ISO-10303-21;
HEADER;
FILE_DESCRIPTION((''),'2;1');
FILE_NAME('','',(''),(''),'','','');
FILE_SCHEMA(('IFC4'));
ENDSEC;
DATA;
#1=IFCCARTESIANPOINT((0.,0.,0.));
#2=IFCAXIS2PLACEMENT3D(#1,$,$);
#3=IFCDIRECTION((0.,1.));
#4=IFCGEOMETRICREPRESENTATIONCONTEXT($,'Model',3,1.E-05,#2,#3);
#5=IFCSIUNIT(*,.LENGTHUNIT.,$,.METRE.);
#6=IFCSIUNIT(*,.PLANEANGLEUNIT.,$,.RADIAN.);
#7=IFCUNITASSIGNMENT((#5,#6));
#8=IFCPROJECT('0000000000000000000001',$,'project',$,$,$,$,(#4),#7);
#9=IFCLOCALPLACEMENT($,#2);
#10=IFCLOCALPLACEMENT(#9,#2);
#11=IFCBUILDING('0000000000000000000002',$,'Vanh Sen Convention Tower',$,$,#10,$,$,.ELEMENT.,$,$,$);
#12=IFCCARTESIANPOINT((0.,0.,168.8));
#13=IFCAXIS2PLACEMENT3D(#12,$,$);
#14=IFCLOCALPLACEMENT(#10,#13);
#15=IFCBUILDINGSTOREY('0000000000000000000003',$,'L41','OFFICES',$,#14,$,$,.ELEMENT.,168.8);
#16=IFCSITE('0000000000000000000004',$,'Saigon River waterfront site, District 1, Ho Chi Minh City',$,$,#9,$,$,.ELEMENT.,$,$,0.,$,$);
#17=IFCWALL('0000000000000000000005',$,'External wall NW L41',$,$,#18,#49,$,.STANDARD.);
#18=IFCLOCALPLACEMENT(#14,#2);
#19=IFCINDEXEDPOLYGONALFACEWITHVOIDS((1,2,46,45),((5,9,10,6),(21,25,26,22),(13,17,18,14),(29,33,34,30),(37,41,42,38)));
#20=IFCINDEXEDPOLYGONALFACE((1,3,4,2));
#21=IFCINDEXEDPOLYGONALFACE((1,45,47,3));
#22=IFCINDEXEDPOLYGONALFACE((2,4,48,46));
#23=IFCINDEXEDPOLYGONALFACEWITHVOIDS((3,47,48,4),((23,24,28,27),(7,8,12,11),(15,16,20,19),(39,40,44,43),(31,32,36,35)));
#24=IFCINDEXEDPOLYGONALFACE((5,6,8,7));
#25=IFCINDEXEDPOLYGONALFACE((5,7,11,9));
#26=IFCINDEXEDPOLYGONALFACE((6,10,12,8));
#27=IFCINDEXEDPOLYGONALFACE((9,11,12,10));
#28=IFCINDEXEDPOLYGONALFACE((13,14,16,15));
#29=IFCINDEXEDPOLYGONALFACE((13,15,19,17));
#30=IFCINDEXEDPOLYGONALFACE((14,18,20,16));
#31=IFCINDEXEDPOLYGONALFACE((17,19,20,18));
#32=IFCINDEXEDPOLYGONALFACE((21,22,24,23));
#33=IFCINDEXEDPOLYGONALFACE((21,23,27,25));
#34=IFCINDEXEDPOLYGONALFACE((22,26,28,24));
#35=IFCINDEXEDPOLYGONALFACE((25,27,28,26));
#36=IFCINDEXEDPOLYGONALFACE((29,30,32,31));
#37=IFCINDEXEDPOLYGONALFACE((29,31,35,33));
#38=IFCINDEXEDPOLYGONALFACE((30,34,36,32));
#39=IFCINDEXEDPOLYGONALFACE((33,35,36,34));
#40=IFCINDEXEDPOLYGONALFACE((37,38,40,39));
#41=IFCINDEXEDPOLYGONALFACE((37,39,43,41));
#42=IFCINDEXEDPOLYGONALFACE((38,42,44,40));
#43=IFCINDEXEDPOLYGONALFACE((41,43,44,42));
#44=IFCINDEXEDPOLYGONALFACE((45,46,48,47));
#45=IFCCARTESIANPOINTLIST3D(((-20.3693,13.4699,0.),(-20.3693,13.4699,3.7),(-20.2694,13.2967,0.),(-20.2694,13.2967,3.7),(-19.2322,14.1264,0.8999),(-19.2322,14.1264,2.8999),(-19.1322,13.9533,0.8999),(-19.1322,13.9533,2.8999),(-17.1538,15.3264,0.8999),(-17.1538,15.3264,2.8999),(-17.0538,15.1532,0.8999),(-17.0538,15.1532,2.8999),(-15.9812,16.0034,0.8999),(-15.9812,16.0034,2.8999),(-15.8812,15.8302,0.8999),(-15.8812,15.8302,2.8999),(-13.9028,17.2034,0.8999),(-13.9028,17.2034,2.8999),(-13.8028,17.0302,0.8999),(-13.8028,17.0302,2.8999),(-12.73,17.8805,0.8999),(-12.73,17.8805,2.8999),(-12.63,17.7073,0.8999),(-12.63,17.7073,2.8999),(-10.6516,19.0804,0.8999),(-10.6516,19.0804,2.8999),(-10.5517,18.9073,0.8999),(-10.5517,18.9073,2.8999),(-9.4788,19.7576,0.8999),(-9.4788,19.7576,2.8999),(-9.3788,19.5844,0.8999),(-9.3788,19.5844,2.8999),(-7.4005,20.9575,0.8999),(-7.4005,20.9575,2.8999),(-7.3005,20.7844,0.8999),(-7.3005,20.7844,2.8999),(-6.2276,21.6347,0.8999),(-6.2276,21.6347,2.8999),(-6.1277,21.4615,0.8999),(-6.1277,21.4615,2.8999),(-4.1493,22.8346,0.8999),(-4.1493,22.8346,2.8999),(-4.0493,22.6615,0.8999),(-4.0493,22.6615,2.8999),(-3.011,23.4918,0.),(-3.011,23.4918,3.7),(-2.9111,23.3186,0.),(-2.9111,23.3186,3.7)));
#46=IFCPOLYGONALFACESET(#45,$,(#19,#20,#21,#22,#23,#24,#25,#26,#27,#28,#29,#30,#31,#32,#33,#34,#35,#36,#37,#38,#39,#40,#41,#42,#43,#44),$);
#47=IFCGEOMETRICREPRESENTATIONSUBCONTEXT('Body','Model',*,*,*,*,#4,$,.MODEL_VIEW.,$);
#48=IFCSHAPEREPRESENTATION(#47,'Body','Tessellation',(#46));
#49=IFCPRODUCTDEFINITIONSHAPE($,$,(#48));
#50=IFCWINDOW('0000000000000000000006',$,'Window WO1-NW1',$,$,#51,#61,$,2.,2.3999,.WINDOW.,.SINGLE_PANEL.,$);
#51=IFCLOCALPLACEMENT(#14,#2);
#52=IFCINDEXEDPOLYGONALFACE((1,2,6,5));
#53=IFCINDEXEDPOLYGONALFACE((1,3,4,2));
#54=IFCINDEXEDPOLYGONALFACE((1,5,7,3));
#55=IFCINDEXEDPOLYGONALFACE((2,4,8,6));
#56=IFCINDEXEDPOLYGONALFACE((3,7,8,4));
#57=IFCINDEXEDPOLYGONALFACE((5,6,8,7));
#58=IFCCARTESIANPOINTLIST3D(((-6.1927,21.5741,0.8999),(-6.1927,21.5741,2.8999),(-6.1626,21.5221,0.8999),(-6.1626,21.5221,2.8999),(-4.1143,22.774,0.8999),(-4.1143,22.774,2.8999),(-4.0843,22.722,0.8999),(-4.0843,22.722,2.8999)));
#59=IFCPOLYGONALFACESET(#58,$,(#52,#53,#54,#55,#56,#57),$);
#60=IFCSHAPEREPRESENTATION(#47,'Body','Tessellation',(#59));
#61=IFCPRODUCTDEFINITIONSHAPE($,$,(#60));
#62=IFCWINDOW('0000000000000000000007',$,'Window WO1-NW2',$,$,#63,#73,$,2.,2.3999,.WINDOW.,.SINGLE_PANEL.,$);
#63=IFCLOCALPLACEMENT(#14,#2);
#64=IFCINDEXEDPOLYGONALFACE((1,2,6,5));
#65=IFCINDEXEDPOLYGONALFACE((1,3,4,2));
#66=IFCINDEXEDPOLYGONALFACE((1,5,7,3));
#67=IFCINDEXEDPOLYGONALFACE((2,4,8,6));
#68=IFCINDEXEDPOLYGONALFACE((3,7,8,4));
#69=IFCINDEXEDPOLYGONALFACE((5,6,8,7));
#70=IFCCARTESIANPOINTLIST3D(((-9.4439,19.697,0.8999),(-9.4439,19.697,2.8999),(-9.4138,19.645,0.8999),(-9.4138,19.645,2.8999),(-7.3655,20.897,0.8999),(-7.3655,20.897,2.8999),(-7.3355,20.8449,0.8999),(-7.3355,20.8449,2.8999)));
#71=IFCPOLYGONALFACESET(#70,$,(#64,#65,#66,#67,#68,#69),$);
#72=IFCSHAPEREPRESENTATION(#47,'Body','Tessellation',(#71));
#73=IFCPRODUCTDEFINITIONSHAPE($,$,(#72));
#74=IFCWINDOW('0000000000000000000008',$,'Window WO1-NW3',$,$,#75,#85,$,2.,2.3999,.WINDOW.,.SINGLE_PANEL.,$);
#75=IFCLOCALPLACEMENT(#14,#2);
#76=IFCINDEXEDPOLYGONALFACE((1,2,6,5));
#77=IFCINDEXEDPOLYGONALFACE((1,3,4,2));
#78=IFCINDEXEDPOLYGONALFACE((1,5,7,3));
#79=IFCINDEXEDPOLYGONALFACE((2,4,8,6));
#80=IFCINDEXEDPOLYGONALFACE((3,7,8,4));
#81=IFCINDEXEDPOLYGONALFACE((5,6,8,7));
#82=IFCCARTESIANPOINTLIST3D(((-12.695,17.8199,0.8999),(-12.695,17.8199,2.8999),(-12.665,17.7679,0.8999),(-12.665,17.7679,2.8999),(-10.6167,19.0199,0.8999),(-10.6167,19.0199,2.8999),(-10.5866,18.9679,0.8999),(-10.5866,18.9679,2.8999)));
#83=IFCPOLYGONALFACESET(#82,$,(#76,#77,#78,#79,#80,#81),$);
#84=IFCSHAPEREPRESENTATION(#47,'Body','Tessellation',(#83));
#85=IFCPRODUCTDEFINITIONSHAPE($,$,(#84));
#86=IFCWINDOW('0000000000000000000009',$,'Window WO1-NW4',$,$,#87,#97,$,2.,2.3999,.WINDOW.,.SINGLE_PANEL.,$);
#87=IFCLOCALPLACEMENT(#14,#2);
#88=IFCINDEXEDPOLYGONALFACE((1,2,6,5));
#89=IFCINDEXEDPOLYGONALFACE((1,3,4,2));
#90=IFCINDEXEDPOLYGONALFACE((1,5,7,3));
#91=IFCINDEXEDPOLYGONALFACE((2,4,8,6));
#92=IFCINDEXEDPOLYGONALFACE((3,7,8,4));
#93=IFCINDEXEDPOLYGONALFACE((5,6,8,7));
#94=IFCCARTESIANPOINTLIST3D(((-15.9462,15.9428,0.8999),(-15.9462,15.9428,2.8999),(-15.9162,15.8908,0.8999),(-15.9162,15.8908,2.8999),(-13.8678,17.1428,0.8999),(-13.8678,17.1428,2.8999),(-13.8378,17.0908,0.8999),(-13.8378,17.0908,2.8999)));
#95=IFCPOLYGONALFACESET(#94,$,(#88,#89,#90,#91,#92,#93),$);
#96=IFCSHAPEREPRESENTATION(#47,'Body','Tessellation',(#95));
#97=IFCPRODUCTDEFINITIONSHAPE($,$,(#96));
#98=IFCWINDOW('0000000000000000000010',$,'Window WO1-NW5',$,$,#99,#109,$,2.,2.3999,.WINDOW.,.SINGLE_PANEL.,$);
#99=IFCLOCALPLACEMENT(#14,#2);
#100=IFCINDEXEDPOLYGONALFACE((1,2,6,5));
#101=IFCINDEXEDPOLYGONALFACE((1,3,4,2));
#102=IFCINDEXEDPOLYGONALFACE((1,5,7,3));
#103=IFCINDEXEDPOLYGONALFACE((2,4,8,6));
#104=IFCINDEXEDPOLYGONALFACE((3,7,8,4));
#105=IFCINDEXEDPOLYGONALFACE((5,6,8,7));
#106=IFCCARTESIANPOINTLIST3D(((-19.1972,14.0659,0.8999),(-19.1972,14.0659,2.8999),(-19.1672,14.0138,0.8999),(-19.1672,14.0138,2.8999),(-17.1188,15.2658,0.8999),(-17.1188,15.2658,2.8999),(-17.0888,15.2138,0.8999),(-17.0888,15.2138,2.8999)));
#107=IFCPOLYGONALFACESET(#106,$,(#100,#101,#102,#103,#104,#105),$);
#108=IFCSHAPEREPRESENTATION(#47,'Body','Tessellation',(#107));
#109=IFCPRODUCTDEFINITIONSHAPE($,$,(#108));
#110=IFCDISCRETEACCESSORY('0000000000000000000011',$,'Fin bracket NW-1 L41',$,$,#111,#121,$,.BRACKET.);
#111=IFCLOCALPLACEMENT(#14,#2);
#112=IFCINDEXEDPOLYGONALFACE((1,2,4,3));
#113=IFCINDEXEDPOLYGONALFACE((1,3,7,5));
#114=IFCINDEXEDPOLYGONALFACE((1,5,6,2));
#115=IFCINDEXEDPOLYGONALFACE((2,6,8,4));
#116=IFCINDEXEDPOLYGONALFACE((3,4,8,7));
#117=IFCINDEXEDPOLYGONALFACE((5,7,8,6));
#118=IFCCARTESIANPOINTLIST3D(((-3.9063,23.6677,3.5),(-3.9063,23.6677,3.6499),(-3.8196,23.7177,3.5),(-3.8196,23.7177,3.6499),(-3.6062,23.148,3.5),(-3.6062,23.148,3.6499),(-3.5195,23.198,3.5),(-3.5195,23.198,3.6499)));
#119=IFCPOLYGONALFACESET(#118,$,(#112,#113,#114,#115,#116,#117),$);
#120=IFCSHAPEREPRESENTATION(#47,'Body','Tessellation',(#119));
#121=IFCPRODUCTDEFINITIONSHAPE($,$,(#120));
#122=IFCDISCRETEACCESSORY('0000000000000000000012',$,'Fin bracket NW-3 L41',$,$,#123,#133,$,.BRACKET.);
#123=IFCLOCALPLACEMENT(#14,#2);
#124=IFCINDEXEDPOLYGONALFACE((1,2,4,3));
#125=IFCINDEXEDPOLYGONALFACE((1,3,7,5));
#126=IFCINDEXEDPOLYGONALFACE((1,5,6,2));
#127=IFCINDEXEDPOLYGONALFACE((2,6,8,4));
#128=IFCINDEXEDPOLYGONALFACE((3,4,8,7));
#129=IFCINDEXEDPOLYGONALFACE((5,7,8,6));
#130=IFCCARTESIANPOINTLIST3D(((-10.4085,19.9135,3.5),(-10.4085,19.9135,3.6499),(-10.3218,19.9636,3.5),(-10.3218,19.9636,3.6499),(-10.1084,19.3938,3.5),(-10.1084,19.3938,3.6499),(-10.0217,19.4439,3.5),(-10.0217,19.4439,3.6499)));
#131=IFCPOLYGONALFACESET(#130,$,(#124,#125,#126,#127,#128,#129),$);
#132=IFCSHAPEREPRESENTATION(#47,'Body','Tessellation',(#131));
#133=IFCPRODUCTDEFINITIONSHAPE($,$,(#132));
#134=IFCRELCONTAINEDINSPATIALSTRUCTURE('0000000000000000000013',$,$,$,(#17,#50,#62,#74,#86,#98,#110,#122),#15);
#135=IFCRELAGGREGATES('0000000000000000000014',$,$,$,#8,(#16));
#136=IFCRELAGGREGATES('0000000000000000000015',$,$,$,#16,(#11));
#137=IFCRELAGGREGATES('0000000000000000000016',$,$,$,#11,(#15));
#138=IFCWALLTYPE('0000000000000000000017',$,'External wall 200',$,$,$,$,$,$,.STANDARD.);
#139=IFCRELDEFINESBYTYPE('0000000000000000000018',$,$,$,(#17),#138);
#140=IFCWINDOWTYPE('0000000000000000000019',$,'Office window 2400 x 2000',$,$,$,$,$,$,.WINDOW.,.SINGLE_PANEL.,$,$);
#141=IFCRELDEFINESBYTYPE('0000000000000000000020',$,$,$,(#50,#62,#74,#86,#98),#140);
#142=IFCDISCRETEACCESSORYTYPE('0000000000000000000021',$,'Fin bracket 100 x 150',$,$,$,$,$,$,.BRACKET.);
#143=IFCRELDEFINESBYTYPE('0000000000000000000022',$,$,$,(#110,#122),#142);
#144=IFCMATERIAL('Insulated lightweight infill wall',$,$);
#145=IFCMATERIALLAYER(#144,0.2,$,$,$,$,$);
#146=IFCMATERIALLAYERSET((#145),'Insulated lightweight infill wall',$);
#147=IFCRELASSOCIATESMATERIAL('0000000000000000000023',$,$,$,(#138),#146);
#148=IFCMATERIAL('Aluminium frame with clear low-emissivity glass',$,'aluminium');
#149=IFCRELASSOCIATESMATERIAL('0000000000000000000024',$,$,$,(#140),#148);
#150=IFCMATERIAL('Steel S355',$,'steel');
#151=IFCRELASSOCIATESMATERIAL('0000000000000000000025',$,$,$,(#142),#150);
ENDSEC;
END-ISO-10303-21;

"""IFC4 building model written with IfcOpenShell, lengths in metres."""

from ifc_helpers import new_model, si_unit, direction, frame, frame_2d, origin, origin_2d, place, context, subcontext, project, spatial, rectangle, extrude, material, layer, layer_set, type_object, element, fill, save


model = new_model("IFC4")

# Units and contexts
model_context = context("Model", 3, precision=1e-05, world=origin(), true_north=direction((0.0, 1.0)))
body_context = subcontext(model_context, "Body", "Model", "MODEL_VIEW")
ifc_project = project(units=[si_unit("LENGTHUNIT", "METRE"), si_unit("PLANEANGLEUNIT", "RADIAN")], contexts=[model_context])

# Site, building, storey
site_placement = place(None, origin())
site = spatial("IfcSite", under=ifc_project, at=site_placement, Name="Saigon River waterfront site, District 1, Ho Chi Minh City", CompositionType="ELEMENT", RefElevation=0.0)
building_placement = place(site_placement, origin())
building = spatial("IfcBuilding", under=site, at=building_placement, Name="Vanh Sen Convention Tower", CompositionType="ELEMENT")
storey_placement = place(building_placement, frame((0.0, 0.0, 168.8)))
storey = spatial("IfcBuildingStorey", under=building, at=storey_placement, Name="L41", Description="OFFICES", CompositionType="ELEMENT", Elevation=168.8)

# Wall, openings, windows
ifc_material_1 = material(Name="Insulated lightweight infill wall")
ifc_layer_1 = layer(ifc_material_1, 0.2)
ifc_layer_set_1 = layer_set([ifc_layer_1], Name="Insulated lightweight infill wall")
wall_type_1 = type_object("IfcWallType", Name="External wall 200", PredefinedType="STANDARD", material=ifc_layer_set_1)
wall_1_placement = place(storey_placement, frame((-2.9609, 23.4053, 0.0), z_axis=(0.0, 0.0, 1.0), x_axis=(-0.866023, -0.500004, 0.0)))
wall_1 = element("IfcWall", 1, at=wall_1_placement, inside=storey, type_object=wall_type_1, Name="External wall NW L41", PredefinedType="STANDARD", context=body_context, shape_type="SweptSolid", body=[
    extrude(rectangle(XDim=20.0437, YDim=0.2, at=frame_2d((10.022, 0.0))), origin(), (0.0, 0.0, 1.0), 3.7),
])
opening_1_placement = place(wall_1_placement, frame((1.3145, 0.0, 0.8999)))
opening_1 = element("IfcOpeningElement", 2, at=opening_1_placement, cuts=wall_1, PredefinedType="OPENING", context=body_context, shape_type="SweptSolid", body=[
    extrude(rectangle(XDim=2.3999, YDim=2.0, at=frame_2d((1.2, 1.0))), frame((0.0, 0.1099, 0.0), z_axis=(0.0, -1.0, 0.0), x_axis=(1.0, 0.0, 0.0)), (0.0, 0.0, 1.0), 0.22),
])
opening_2_placement = place(wall_1_placement, frame((5.0686, 0.0, 0.8999)))
opening_2 = element("IfcOpeningElement", 3, at=opening_2_placement, cuts=wall_1, PredefinedType="OPENING", context=body_context, shape_type="SweptSolid", body=[
    extrude(rectangle(XDim=2.3999, YDim=2.0, at=frame_2d((1.2, 1.0))), frame((0.0, 0.1099, 0.0), z_axis=(0.0, -1.0, 0.0), x_axis=(1.0, 0.0, 0.0)), (0.0, 0.0, 1.0), 0.22),
])
opening_3_placement = place(wall_1_placement, frame((8.8228, 0.0, 0.8999)))
opening_3 = element("IfcOpeningElement", 4, at=opening_3_placement, cuts=wall_1, PredefinedType="OPENING", context=body_context, shape_type="SweptSolid", body=[
    extrude(rectangle(XDim=2.3999, YDim=2.0, at=frame_2d((1.2, 1.0))), frame((0.0, 0.1099, 0.0), z_axis=(0.0, -1.0, 0.0), x_axis=(1.0, 0.0, 0.0)), (0.0, 0.0, 1.0), 0.22),
])
opening_4_placement = place(wall_1_placement, frame((12.5769, 0.0, 0.8999)))
opening_4 = element("IfcOpeningElement", 5, at=opening_4_placement, cuts=wall_1, PredefinedType="OPENING", context=body_context, shape_type="SweptSolid", body=[
    extrude(rectangle(XDim=2.3999, YDim=2.0, at=frame_2d((1.2, 1.0))), frame((0.0, 0.1099, 0.0), z_axis=(0.0, -1.0, 0.0), x_axis=(1.0, 0.0, 0.0)), (0.0, 0.0, 1.0), 0.22),
])
opening_5_placement = place(wall_1_placement, frame((16.3308, 0.0, 0.8999)))
opening_5 = element("IfcOpeningElement", 6, at=opening_5_placement, cuts=wall_1, PredefinedType="OPENING", context=body_context, shape_type="SweptSolid", body=[
    extrude(rectangle(XDim=2.3999, YDim=2.0, at=frame_2d((1.2, 1.0))), frame((0.0, 0.1099, 0.0), z_axis=(0.0, -1.0, 0.0), x_axis=(1.0, 0.0, 0.0)), (0.0, 0.0, 1.0), 0.22),
])
ifc_material_2 = material(Name="Aluminium frame with clear low-emissivity glass", Category="aluminium")
window_type = type_object("IfcWindowType", Name="Office window 2400 x 2000", PartitioningType="SINGLE_PANEL", PredefinedType="WINDOW", material=ifc_material_2)
window_1_placement = place(opening_1_placement, origin())
window_1 = element("IfcWindow", 7, at=window_1_placement, inside=storey, type_object=window_type, Name="Window WO1-NW1", OverallHeight=2.0, OverallWidth=2.3999, PartitioningType="SINGLE_PANEL", PredefinedType="WINDOW", context=body_context, shape_type="SweptSolid", body=[
    extrude(rectangle(XDim=2.3999, YDim=2.0, at=frame_2d((1.2, 1.0))), frame((0.0, 0.03, 0.0), z_axis=(0.0, -1.0, 0.0), x_axis=(1.0, 0.0, 0.0)), (0.0, 0.0, 1.0), 0.0601),
])
fill(opening_1, window_1)
window_2_placement = place(opening_2_placement, origin())
window_2 = element("IfcWindow", 8, at=window_2_placement, inside=storey, type_object=window_type, Name="Window WO1-NW2", OverallHeight=2.0, OverallWidth=2.3999, PartitioningType="SINGLE_PANEL", PredefinedType="WINDOW", context=body_context, shape_type="SweptSolid", body=[
    extrude(rectangle(XDim=2.3999, YDim=2.0, at=frame_2d((1.2, 1.0))), frame((0.0, 0.03, 0.0), z_axis=(0.0, -1.0, 0.0), x_axis=(1.0, 0.0, 0.0)), (0.0, 0.0, 1.0), 0.0601),
])
fill(opening_2, window_2)
window_3_placement = place(opening_3_placement, origin())
window_3 = element("IfcWindow", 9, at=window_3_placement, inside=storey, type_object=window_type, Name="Window WO1-NW3", OverallHeight=2.0, OverallWidth=2.3999, PartitioningType="SINGLE_PANEL", PredefinedType="WINDOW", context=body_context, shape_type="SweptSolid", body=[
    extrude(rectangle(XDim=2.3999, YDim=2.0, at=frame_2d((1.2, 1.0))), frame((0.0, 0.03, 0.0), z_axis=(0.0, -1.0, 0.0), x_axis=(1.0, 0.0, 0.0)), (0.0, 0.0, 1.0), 0.0601),
])
fill(opening_3, window_3)
window_4_placement = place(opening_4_placement, origin())
window_4 = element("IfcWindow", 10, at=window_4_placement, inside=storey, type_object=window_type, Name="Window WO1-NW4", OverallHeight=2.0, OverallWidth=2.3999, PartitioningType="SINGLE_PANEL", PredefinedType="WINDOW", context=body_context, shape_type="SweptSolid", body=[
    extrude(rectangle(XDim=2.3999, YDim=2.0, at=frame_2d((1.2, 1.0))), frame((0.0, 0.03, 0.0), z_axis=(0.0, -1.0, 0.0), x_axis=(1.0, 0.0, 0.0)), (0.0, 0.0, 1.0), 0.0601),
])
fill(opening_4, window_4)
window_5_placement = place(opening_5_placement, origin())
window_5 = element("IfcWindow", 11, at=window_5_placement, inside=storey, type_object=window_type, Name="Window WO1-NW5", OverallHeight=2.0, OverallWidth=2.3999, PartitioningType="SINGLE_PANEL", PredefinedType="WINDOW", context=body_context, shape_type="SweptSolid", body=[
    extrude(rectangle(XDim=2.3999, YDim=2.0, at=frame_2d((1.2, 1.0))), frame((0.0, 0.03, 0.0), z_axis=(0.0, -1.0, 0.0), x_axis=(1.0, 0.0, 0.0)), (0.0, 0.0, 1.0), 0.0601),
])
fill(opening_5, window_5)

# Discrete accessories
ifc_material_3 = material(Name="Steel S355", Category="steel")
discrete_accessory_type = type_object("IfcDiscreteAccessoryType", Name="Fin bracket 100 x 150", PredefinedType="BRACKET", material=ifc_material_3)
for number, where, z_axis, x_axis, name in (
    (12, (-3.7129, 23.4329, 3.5), (0.0, 0.0, 1.0), (-0.5, 0.866025, 0.0), "Fin bracket NW-1 L41"),
    (13, (-10.2151, 19.6787, 3.5), (0.0, 0.0, 1.0), (-0.5, 0.866025, 0.0), "Fin bracket NW-3 L41"),
):
    element("IfcDiscreteAccessory", number, at=place(storey_placement, frame(where, z_axis=z_axis, x_axis=x_axis)), inside=storey, type_object=discrete_accessory_type, Name=name, PredefinedType="BRACKET", context=body_context, shape_type="SweptSolid", body=[
        extrude(rectangle(XDim=0.6001, YDim=0.1001, at=origin_2d()), origin(), (0.0, 0.0, 1.0), 0.1499),
    ])

save(model, "model.ifc")
